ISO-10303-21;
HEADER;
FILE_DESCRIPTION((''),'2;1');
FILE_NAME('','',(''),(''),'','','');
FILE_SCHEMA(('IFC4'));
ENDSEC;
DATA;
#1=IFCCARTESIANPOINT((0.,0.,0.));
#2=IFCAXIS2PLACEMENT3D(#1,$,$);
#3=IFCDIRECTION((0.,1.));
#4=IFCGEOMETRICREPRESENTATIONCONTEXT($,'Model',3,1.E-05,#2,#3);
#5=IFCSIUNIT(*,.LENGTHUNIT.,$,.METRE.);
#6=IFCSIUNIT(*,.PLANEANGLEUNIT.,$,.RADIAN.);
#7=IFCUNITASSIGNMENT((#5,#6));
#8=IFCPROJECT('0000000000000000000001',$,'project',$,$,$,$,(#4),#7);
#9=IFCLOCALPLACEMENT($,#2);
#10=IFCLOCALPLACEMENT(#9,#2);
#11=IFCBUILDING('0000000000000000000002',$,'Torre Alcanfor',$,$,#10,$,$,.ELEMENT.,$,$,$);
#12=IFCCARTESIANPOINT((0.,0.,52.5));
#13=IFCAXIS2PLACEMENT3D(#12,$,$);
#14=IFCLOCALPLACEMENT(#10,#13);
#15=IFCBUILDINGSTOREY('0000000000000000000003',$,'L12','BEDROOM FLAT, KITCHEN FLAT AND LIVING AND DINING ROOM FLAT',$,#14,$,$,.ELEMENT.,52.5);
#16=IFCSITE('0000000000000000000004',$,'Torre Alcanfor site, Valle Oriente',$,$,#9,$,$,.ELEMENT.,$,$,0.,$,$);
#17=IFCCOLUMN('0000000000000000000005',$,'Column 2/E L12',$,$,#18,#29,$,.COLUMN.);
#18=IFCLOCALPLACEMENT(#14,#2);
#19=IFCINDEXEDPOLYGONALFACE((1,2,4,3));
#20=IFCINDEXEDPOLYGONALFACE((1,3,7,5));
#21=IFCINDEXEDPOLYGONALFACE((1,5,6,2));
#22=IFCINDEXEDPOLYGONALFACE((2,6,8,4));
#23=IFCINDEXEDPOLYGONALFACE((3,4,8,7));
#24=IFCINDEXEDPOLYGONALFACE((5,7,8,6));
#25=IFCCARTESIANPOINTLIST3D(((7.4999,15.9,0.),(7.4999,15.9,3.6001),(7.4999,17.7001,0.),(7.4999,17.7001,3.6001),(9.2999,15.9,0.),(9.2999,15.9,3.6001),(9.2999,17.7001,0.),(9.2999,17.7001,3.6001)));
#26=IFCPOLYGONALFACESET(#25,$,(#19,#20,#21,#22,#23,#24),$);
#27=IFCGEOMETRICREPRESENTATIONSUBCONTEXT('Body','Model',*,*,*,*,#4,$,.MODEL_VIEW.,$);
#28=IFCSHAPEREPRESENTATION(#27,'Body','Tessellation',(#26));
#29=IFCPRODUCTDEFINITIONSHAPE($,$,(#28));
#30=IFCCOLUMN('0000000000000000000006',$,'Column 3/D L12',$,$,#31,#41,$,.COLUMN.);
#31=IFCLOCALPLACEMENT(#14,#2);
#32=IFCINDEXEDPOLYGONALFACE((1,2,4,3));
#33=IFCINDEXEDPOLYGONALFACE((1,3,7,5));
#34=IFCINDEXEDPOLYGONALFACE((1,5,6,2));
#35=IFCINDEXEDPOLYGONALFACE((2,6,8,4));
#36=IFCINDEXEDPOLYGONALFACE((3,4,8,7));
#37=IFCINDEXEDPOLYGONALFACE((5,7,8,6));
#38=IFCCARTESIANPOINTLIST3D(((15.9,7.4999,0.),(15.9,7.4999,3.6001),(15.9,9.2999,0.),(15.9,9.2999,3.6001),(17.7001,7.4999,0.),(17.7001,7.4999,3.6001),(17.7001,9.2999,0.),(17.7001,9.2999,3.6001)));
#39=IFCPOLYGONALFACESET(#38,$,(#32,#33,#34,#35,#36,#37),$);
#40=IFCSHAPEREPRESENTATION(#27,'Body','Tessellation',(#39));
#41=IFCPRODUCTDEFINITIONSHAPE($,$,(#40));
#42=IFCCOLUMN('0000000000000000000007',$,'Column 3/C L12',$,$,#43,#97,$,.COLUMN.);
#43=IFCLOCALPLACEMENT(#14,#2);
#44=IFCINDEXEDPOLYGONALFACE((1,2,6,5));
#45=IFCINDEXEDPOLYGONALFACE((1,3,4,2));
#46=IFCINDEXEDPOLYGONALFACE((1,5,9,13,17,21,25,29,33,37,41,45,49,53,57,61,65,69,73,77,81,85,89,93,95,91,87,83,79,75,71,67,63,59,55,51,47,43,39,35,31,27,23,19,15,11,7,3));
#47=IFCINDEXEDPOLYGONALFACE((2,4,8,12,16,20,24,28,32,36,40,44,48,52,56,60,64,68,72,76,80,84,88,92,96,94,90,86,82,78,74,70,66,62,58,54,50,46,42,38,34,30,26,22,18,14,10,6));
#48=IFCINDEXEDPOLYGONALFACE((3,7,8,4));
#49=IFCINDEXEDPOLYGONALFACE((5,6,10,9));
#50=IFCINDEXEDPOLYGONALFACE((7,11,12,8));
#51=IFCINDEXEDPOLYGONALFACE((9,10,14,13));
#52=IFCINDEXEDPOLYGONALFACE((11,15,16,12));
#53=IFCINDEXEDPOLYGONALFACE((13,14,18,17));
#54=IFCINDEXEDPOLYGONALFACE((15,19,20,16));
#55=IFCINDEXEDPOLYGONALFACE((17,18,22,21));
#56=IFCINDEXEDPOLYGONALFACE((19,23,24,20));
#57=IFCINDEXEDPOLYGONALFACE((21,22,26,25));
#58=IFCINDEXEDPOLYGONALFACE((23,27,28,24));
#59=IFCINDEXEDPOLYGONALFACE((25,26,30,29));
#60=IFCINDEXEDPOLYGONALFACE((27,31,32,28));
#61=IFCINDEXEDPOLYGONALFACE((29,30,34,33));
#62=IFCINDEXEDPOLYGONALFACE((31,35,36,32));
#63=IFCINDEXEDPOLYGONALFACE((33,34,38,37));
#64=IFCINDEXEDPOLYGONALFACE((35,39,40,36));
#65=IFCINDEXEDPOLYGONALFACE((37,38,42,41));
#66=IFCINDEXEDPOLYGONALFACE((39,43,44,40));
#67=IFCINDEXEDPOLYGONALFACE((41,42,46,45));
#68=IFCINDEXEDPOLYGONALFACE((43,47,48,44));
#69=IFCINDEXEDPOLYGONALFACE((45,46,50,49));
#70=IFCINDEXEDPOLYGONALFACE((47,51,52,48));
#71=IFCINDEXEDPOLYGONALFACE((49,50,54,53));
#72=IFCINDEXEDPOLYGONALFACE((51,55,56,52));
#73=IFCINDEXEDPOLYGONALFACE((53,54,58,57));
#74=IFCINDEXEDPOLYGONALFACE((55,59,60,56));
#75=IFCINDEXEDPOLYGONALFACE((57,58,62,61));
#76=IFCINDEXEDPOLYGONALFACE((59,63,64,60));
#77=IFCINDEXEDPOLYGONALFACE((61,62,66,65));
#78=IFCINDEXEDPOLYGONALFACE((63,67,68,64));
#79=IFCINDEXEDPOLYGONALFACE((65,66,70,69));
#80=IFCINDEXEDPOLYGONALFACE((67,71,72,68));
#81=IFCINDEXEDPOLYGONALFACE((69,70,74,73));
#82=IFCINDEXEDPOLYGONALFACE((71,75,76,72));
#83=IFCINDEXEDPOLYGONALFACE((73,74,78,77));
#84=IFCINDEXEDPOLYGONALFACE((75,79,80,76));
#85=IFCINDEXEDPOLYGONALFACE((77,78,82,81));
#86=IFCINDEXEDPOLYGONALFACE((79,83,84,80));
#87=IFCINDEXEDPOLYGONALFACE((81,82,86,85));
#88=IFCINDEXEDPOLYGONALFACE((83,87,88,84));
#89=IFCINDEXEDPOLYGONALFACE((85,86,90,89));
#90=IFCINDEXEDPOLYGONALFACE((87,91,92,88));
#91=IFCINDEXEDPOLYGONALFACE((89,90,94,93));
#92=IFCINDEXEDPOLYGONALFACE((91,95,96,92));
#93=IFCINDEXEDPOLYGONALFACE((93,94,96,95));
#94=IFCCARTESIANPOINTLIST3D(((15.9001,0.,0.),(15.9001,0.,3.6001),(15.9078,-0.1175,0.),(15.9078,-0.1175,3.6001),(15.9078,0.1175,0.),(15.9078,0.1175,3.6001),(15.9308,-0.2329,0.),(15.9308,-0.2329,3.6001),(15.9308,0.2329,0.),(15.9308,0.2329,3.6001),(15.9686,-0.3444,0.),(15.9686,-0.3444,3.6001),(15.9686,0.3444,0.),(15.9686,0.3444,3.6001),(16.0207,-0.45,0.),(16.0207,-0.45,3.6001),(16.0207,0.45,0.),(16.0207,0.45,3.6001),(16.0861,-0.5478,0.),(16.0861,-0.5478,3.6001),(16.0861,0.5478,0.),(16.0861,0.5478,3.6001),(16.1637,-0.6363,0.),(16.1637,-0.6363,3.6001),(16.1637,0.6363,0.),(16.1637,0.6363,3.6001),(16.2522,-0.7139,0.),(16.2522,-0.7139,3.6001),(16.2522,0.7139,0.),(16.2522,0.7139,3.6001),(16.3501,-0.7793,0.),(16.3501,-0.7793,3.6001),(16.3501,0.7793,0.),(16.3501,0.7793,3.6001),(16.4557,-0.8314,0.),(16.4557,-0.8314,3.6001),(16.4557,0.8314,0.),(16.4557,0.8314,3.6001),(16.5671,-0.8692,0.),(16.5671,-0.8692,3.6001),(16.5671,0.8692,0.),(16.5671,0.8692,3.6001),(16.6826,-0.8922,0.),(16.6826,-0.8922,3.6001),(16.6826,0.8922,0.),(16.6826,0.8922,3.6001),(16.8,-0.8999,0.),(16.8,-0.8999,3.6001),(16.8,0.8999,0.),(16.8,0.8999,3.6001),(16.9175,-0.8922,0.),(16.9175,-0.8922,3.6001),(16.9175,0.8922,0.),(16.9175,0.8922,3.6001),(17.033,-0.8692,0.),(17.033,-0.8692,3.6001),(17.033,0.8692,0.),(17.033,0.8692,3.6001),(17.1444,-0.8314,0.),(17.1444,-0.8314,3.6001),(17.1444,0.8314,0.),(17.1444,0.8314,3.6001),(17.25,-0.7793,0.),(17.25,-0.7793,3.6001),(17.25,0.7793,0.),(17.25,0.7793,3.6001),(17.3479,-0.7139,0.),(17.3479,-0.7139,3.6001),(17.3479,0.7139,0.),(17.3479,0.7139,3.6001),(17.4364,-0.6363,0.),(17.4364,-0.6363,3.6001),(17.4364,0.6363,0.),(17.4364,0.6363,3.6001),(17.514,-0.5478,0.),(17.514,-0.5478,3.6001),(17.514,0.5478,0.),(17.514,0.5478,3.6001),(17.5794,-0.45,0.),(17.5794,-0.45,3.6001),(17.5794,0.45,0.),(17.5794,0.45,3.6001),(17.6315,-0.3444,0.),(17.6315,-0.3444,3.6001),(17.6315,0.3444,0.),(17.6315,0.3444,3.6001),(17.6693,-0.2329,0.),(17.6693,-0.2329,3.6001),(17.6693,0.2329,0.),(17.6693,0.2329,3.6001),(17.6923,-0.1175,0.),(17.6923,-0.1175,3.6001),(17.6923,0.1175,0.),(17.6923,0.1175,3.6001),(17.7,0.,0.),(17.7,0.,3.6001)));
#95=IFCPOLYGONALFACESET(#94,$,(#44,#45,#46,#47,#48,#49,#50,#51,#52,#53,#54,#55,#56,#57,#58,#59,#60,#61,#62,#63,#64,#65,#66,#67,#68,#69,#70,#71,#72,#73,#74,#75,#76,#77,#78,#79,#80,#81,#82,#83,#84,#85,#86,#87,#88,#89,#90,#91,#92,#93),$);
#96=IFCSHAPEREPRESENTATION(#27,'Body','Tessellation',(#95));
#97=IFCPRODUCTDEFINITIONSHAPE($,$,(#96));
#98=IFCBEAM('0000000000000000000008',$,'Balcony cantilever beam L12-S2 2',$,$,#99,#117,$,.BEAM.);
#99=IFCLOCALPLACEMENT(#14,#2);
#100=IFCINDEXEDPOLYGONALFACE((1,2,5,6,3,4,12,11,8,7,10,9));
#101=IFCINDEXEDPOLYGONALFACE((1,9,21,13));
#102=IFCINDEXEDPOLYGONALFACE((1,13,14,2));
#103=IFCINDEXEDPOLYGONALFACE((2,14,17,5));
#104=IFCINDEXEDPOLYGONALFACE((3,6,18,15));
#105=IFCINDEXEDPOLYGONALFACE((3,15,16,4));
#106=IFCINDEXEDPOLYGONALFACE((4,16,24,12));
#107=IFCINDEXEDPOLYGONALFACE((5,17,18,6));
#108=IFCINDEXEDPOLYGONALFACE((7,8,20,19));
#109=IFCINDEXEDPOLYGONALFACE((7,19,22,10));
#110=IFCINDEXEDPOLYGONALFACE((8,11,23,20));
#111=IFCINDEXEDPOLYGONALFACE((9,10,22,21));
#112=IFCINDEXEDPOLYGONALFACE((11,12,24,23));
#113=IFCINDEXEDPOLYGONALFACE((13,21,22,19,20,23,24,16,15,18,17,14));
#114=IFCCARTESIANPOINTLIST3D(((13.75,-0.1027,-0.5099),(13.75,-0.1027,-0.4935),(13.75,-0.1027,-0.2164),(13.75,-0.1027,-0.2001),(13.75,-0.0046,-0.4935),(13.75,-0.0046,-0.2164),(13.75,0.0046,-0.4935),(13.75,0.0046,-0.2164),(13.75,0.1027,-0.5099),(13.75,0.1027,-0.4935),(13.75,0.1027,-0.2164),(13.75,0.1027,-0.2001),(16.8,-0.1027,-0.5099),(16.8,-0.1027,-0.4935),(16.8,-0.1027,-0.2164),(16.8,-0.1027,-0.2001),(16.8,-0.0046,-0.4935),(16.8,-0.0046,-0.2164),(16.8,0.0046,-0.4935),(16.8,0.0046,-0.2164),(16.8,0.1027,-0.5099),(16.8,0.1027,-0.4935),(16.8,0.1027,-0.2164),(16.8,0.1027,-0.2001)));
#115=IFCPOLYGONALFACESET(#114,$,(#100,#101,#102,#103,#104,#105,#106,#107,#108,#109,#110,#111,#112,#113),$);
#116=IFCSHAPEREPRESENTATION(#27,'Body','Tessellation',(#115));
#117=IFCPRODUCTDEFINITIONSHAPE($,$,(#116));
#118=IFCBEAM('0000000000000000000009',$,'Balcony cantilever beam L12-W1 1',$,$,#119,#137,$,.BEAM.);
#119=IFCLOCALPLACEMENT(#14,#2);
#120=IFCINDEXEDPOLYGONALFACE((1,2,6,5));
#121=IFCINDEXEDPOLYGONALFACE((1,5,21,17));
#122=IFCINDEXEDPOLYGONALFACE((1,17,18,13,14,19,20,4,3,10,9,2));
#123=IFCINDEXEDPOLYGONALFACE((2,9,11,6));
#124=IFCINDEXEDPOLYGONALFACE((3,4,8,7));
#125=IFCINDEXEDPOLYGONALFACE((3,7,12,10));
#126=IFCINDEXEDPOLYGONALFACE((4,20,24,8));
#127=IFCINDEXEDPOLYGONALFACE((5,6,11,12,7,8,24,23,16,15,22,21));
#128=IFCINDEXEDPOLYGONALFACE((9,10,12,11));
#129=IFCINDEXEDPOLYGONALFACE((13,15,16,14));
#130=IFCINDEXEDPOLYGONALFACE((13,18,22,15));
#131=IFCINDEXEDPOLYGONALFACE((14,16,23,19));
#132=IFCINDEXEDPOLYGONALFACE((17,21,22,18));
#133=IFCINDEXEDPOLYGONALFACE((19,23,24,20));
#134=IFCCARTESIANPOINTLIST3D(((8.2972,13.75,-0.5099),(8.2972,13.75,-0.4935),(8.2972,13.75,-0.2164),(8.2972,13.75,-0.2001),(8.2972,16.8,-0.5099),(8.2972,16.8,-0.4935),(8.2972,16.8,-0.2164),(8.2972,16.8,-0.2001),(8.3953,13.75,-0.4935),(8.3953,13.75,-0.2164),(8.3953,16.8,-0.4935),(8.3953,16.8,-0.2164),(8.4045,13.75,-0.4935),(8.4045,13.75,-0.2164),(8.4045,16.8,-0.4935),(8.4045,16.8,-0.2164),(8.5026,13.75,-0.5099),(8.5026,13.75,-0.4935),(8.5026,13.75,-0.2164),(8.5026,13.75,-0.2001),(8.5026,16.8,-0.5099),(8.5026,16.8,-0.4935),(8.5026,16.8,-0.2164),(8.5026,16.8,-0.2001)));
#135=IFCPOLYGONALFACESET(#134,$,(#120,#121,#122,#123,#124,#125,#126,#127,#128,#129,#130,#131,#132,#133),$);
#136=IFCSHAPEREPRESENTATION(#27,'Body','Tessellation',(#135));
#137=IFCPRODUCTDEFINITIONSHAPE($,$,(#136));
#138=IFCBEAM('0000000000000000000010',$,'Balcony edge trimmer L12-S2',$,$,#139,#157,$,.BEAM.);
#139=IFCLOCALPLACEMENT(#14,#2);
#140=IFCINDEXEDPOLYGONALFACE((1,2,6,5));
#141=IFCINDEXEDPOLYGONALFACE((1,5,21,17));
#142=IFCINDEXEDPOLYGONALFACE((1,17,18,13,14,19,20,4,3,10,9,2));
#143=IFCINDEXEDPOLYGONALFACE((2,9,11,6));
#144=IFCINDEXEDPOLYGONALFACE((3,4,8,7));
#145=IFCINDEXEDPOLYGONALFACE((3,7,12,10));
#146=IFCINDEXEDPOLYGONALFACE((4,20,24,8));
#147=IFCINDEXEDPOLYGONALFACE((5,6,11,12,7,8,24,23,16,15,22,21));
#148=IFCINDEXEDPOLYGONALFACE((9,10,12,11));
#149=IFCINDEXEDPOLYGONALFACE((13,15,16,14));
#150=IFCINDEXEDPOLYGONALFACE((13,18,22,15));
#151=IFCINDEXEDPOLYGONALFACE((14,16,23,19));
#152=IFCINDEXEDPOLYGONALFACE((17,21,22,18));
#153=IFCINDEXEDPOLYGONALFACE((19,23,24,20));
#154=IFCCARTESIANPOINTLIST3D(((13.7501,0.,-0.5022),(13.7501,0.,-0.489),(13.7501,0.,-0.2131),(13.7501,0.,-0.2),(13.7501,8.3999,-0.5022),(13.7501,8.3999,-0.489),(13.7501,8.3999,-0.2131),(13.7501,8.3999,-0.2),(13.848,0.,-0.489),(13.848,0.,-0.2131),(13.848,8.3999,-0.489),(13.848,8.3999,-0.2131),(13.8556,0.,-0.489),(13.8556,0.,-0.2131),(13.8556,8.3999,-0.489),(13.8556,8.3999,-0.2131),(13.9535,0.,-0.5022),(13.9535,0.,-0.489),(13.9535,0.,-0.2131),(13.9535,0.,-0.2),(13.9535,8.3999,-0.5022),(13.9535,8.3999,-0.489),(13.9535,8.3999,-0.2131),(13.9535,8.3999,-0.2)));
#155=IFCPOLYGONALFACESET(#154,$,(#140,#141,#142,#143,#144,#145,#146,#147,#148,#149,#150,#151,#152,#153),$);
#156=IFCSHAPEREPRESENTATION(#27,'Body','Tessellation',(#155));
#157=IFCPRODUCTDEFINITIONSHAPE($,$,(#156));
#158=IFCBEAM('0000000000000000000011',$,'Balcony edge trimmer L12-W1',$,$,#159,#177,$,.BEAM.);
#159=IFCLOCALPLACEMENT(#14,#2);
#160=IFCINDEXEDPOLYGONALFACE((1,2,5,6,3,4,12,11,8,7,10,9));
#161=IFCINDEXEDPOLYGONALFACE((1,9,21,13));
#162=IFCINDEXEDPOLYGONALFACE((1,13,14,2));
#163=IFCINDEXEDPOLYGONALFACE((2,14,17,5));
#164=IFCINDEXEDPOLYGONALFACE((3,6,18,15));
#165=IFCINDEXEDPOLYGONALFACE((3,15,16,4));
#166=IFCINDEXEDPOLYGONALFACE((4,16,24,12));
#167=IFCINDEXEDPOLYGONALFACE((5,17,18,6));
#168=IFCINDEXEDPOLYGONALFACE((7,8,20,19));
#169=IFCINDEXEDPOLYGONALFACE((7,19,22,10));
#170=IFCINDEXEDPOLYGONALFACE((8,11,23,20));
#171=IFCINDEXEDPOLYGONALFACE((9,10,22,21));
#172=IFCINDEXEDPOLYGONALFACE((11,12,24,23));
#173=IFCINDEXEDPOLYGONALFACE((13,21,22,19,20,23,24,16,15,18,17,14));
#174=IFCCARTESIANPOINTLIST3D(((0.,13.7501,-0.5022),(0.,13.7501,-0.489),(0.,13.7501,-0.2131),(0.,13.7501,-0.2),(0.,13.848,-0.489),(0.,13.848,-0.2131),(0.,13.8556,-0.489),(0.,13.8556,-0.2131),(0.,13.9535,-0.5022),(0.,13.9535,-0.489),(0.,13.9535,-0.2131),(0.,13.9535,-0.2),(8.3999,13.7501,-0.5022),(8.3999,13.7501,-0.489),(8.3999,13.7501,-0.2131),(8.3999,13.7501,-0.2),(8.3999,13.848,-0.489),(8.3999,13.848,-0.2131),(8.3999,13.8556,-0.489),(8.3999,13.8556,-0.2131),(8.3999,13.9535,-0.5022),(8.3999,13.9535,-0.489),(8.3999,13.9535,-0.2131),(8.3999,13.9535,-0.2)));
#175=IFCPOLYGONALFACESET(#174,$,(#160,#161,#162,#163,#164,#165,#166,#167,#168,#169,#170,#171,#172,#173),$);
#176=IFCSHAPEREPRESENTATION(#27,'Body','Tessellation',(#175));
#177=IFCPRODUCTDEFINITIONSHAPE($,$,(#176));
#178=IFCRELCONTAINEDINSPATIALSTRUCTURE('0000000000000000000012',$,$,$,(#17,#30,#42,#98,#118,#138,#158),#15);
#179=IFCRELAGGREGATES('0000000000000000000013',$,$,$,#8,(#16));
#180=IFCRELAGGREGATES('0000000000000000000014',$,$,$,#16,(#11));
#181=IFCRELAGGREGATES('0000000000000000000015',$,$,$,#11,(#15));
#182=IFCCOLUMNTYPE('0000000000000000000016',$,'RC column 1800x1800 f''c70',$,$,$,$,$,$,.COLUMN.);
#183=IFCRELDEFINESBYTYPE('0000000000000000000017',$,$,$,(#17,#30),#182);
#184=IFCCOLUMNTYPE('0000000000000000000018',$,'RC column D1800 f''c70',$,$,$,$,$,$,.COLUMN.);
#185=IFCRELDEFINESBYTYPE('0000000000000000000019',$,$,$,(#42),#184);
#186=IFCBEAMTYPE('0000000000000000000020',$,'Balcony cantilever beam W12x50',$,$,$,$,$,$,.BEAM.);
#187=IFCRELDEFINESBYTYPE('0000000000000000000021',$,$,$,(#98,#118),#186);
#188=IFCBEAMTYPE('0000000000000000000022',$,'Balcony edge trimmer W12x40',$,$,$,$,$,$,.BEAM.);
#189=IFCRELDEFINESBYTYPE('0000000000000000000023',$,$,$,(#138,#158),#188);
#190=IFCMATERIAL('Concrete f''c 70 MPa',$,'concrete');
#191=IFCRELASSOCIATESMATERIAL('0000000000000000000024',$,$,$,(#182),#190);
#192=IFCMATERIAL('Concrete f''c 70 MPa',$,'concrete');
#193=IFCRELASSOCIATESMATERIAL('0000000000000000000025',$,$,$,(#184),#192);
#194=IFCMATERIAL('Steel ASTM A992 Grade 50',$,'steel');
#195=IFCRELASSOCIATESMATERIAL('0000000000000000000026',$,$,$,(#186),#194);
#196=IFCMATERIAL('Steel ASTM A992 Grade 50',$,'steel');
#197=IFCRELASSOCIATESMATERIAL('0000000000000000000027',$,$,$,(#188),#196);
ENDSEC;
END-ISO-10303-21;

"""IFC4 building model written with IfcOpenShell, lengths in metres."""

from ifc_helpers import new_model, si_unit, direction, frame, origin, origin_2d, place, context, subcontext, project, spatial, rectangle, circle, i_section, extrude, material, material_profile, profile_set, type_object, element, save


model = new_model("IFC4")

# Units and contexts
model_context = context("Model", 3, precision=1e-05, world=origin(), true_north=direction((0.0, 1.0)))
body_context = subcontext(model_context, "Body", "Model", "MODEL_VIEW")
ifc_project = project(units=[si_unit("LENGTHUNIT", "METRE"), si_unit("PLANEANGLEUNIT", "RADIAN")], contexts=[model_context])

# Site, building, storey
site_placement = place(None, origin())
site = spatial("IfcSite", under=ifc_project, at=site_placement, Name="Torre Alcanfor site, Valle Oriente", CompositionType="ELEMENT", RefElevation=0.0)
building_placement = place(site_placement, origin())
building = spatial("IfcBuilding", under=site, at=building_placement, Name="Torre Alcanfor", CompositionType="ELEMENT")
storey_placement = place(building_placement, frame((0.0, 0.0, 52.5)))
storey = spatial("IfcBuildingStorey", under=building, at=storey_placement, Name="L12", Description="BEDROOM FLAT, KITCHEN FLAT AND LIVING AND DINING ROOM FLAT", CompositionType="ELEMENT", Elevation=52.5)

# Columns
ifc_material_1 = material(Name="Concrete f'c 70 MPa", Category="concrete")
ifc_material_profile_1 = material_profile(ifc_material_1, rectangle(XDim=1.8, YDim=1.8, at=origin_2d()), Name="1800x1800")
ifc_profile_set_1 = profile_set([ifc_material_profile_1], Name="Concrete f'c 70 MPa")
column_type_1 = type_object("IfcColumnType", Name="RC column 1800x1800 f'c70", PredefinedType="COLUMN", material=ifc_profile_set_1)
for number, where, z_axis, x_axis, name in (
    (1, (8.3999, 16.8, 0.0), (0.0, 0.0, 1.0), (1.0, 0.0, 0.0), "Column 2/E L12"),
    (2, (16.8, 8.3999, 0.0), (0.0, 0.0, 1.0), (1.0, 0.0, 0.0), "Column 3/D L12"),
):
    element("IfcColumn", number, at=place(storey_placement, frame(where, z_axis=z_axis, x_axis=x_axis)), inside=storey, type_object=column_type_1, Name=name, PredefinedType="COLUMN", context=body_context, shape_type="SweptSolid", body=[
        extrude(rectangle(XDim=1.8, YDim=1.8, at=origin_2d()), origin(), (0.0, 0.0, 1.0), 3.6001),
    ])
ifc_material_2 = material(Name="Concrete f'c 70 MPa", Category="concrete")
ifc_material_profile_2 = material_profile(ifc_material_2, circle(Radius=0.8999, at=origin_2d()), Name="D1800")
ifc_profile_set_2 = profile_set([ifc_material_profile_2], Name="Concrete f'c 70 MPa")
column_type_2 = type_object("IfcColumnType", Name="RC column D1800 f'c70", PredefinedType="COLUMN", material=ifc_profile_set_2)
column_placement = place(storey_placement, frame((16.8, 0.0, 0.0), z_axis=(0.0, 0.0, 1.0), x_axis=(1.0, 0.0, 0.0)))
element("IfcColumn", 3, at=column_placement, inside=storey, type_object=column_type_2, Name="Column 3/C L12", PredefinedType="COLUMN", context=body_context, shape_type="SweptSolid", body=[
    extrude(circle(Radius=0.8999, at=origin_2d()), origin(), (0.0, 0.0, 1.0), 3.6001),
])

# Beams
ifc_material_3 = material(Name="Steel ASTM A992 Grade 50", Category="steel")
ifc_material_profile_3 = material_profile(ifc_material_3, i_section(OverallWidth=0.2053, OverallDepth=0.3098, WebThickness=0.0093, FlangeThickness=0.0164, at=origin_2d()), Name="W12x50")
ifc_profile_set_3 = profile_set([ifc_material_profile_3], Name="Steel ASTM A992 Grade 50")
beam_type_1 = type_object("IfcBeamType", Name="Balcony cantilever beam W12x50", PredefinedType="BEAM", material=ifc_profile_set_3)
for number, where, z_axis, x_axis, name in (
    (4, (16.8, 0.0, -0.355), (-1.0, 0.0, 0.0), (0.0, -1.0, 0.0), "Balcony cantilever beam L12-S2 2"),
    (5, (8.3999, 16.8, -0.355), (0.0, -1.0, 0.0), (1.0, 0.0, 0.0), "Balcony cantilever beam L12-W1 1"),
):
    element("IfcBeam", number, at=place(storey_placement, frame(where, z_axis=z_axis, x_axis=x_axis)), inside=storey, type_object=beam_type_1, Name=name, PredefinedType="BEAM", context=body_context, shape_type="SweptSolid", body=[
        extrude(i_section(OverallWidth=0.2053, OverallDepth=0.3098, WebThickness=0.0093, FlangeThickness=0.0164, at=origin_2d()), origin(), (0.0, 0.0, 1.0), 3.05),
    ])
ifc_material_4 = material(Name="Steel ASTM A992 Grade 50", Category="steel")
ifc_material_profile_4 = material_profile(ifc_material_4, i_section(OverallWidth=0.2034, OverallDepth=0.3022, WebThickness=0.0076, FlangeThickness=0.0132, at=origin_2d()), Name="W12x40")
ifc_profile_set_4 = profile_set([ifc_material_profile_4], Name="Steel ASTM A992 Grade 50")
beam_type_2 = type_object("IfcBeamType", Name="Balcony edge trimmer W12x40", PredefinedType="BEAM", material=ifc_profile_set_4)
for number, where, z_axis, x_axis, name in (
    (6, (13.8518, 8.3999, -0.3511), (0.0, -1.0, 0.0), (1.0, 0.0, 0.0), "Balcony edge trimmer L12-S2"),
    (7, (8.3999, 13.8518, -0.3511), (-1.0, 0.0, 0.0), (0.0, -1.0, 0.0), "Balcony edge trimmer L12-W1"),
):
    element("IfcBeam", number, at=place(storey_placement, frame(where, z_axis=z_axis, x_axis=x_axis)), inside=storey, type_object=beam_type_2, Name=name, PredefinedType="BEAM", context=body_context, shape_type="SweptSolid", body=[
        extrude(i_section(OverallWidth=0.2034, OverallDepth=0.3022, WebThickness=0.0076, FlangeThickness=0.0132, at=origin_2d()), origin(), (0.0, 0.0, 1.0), 8.3999),
    ])

save(model, "model.ifc")
